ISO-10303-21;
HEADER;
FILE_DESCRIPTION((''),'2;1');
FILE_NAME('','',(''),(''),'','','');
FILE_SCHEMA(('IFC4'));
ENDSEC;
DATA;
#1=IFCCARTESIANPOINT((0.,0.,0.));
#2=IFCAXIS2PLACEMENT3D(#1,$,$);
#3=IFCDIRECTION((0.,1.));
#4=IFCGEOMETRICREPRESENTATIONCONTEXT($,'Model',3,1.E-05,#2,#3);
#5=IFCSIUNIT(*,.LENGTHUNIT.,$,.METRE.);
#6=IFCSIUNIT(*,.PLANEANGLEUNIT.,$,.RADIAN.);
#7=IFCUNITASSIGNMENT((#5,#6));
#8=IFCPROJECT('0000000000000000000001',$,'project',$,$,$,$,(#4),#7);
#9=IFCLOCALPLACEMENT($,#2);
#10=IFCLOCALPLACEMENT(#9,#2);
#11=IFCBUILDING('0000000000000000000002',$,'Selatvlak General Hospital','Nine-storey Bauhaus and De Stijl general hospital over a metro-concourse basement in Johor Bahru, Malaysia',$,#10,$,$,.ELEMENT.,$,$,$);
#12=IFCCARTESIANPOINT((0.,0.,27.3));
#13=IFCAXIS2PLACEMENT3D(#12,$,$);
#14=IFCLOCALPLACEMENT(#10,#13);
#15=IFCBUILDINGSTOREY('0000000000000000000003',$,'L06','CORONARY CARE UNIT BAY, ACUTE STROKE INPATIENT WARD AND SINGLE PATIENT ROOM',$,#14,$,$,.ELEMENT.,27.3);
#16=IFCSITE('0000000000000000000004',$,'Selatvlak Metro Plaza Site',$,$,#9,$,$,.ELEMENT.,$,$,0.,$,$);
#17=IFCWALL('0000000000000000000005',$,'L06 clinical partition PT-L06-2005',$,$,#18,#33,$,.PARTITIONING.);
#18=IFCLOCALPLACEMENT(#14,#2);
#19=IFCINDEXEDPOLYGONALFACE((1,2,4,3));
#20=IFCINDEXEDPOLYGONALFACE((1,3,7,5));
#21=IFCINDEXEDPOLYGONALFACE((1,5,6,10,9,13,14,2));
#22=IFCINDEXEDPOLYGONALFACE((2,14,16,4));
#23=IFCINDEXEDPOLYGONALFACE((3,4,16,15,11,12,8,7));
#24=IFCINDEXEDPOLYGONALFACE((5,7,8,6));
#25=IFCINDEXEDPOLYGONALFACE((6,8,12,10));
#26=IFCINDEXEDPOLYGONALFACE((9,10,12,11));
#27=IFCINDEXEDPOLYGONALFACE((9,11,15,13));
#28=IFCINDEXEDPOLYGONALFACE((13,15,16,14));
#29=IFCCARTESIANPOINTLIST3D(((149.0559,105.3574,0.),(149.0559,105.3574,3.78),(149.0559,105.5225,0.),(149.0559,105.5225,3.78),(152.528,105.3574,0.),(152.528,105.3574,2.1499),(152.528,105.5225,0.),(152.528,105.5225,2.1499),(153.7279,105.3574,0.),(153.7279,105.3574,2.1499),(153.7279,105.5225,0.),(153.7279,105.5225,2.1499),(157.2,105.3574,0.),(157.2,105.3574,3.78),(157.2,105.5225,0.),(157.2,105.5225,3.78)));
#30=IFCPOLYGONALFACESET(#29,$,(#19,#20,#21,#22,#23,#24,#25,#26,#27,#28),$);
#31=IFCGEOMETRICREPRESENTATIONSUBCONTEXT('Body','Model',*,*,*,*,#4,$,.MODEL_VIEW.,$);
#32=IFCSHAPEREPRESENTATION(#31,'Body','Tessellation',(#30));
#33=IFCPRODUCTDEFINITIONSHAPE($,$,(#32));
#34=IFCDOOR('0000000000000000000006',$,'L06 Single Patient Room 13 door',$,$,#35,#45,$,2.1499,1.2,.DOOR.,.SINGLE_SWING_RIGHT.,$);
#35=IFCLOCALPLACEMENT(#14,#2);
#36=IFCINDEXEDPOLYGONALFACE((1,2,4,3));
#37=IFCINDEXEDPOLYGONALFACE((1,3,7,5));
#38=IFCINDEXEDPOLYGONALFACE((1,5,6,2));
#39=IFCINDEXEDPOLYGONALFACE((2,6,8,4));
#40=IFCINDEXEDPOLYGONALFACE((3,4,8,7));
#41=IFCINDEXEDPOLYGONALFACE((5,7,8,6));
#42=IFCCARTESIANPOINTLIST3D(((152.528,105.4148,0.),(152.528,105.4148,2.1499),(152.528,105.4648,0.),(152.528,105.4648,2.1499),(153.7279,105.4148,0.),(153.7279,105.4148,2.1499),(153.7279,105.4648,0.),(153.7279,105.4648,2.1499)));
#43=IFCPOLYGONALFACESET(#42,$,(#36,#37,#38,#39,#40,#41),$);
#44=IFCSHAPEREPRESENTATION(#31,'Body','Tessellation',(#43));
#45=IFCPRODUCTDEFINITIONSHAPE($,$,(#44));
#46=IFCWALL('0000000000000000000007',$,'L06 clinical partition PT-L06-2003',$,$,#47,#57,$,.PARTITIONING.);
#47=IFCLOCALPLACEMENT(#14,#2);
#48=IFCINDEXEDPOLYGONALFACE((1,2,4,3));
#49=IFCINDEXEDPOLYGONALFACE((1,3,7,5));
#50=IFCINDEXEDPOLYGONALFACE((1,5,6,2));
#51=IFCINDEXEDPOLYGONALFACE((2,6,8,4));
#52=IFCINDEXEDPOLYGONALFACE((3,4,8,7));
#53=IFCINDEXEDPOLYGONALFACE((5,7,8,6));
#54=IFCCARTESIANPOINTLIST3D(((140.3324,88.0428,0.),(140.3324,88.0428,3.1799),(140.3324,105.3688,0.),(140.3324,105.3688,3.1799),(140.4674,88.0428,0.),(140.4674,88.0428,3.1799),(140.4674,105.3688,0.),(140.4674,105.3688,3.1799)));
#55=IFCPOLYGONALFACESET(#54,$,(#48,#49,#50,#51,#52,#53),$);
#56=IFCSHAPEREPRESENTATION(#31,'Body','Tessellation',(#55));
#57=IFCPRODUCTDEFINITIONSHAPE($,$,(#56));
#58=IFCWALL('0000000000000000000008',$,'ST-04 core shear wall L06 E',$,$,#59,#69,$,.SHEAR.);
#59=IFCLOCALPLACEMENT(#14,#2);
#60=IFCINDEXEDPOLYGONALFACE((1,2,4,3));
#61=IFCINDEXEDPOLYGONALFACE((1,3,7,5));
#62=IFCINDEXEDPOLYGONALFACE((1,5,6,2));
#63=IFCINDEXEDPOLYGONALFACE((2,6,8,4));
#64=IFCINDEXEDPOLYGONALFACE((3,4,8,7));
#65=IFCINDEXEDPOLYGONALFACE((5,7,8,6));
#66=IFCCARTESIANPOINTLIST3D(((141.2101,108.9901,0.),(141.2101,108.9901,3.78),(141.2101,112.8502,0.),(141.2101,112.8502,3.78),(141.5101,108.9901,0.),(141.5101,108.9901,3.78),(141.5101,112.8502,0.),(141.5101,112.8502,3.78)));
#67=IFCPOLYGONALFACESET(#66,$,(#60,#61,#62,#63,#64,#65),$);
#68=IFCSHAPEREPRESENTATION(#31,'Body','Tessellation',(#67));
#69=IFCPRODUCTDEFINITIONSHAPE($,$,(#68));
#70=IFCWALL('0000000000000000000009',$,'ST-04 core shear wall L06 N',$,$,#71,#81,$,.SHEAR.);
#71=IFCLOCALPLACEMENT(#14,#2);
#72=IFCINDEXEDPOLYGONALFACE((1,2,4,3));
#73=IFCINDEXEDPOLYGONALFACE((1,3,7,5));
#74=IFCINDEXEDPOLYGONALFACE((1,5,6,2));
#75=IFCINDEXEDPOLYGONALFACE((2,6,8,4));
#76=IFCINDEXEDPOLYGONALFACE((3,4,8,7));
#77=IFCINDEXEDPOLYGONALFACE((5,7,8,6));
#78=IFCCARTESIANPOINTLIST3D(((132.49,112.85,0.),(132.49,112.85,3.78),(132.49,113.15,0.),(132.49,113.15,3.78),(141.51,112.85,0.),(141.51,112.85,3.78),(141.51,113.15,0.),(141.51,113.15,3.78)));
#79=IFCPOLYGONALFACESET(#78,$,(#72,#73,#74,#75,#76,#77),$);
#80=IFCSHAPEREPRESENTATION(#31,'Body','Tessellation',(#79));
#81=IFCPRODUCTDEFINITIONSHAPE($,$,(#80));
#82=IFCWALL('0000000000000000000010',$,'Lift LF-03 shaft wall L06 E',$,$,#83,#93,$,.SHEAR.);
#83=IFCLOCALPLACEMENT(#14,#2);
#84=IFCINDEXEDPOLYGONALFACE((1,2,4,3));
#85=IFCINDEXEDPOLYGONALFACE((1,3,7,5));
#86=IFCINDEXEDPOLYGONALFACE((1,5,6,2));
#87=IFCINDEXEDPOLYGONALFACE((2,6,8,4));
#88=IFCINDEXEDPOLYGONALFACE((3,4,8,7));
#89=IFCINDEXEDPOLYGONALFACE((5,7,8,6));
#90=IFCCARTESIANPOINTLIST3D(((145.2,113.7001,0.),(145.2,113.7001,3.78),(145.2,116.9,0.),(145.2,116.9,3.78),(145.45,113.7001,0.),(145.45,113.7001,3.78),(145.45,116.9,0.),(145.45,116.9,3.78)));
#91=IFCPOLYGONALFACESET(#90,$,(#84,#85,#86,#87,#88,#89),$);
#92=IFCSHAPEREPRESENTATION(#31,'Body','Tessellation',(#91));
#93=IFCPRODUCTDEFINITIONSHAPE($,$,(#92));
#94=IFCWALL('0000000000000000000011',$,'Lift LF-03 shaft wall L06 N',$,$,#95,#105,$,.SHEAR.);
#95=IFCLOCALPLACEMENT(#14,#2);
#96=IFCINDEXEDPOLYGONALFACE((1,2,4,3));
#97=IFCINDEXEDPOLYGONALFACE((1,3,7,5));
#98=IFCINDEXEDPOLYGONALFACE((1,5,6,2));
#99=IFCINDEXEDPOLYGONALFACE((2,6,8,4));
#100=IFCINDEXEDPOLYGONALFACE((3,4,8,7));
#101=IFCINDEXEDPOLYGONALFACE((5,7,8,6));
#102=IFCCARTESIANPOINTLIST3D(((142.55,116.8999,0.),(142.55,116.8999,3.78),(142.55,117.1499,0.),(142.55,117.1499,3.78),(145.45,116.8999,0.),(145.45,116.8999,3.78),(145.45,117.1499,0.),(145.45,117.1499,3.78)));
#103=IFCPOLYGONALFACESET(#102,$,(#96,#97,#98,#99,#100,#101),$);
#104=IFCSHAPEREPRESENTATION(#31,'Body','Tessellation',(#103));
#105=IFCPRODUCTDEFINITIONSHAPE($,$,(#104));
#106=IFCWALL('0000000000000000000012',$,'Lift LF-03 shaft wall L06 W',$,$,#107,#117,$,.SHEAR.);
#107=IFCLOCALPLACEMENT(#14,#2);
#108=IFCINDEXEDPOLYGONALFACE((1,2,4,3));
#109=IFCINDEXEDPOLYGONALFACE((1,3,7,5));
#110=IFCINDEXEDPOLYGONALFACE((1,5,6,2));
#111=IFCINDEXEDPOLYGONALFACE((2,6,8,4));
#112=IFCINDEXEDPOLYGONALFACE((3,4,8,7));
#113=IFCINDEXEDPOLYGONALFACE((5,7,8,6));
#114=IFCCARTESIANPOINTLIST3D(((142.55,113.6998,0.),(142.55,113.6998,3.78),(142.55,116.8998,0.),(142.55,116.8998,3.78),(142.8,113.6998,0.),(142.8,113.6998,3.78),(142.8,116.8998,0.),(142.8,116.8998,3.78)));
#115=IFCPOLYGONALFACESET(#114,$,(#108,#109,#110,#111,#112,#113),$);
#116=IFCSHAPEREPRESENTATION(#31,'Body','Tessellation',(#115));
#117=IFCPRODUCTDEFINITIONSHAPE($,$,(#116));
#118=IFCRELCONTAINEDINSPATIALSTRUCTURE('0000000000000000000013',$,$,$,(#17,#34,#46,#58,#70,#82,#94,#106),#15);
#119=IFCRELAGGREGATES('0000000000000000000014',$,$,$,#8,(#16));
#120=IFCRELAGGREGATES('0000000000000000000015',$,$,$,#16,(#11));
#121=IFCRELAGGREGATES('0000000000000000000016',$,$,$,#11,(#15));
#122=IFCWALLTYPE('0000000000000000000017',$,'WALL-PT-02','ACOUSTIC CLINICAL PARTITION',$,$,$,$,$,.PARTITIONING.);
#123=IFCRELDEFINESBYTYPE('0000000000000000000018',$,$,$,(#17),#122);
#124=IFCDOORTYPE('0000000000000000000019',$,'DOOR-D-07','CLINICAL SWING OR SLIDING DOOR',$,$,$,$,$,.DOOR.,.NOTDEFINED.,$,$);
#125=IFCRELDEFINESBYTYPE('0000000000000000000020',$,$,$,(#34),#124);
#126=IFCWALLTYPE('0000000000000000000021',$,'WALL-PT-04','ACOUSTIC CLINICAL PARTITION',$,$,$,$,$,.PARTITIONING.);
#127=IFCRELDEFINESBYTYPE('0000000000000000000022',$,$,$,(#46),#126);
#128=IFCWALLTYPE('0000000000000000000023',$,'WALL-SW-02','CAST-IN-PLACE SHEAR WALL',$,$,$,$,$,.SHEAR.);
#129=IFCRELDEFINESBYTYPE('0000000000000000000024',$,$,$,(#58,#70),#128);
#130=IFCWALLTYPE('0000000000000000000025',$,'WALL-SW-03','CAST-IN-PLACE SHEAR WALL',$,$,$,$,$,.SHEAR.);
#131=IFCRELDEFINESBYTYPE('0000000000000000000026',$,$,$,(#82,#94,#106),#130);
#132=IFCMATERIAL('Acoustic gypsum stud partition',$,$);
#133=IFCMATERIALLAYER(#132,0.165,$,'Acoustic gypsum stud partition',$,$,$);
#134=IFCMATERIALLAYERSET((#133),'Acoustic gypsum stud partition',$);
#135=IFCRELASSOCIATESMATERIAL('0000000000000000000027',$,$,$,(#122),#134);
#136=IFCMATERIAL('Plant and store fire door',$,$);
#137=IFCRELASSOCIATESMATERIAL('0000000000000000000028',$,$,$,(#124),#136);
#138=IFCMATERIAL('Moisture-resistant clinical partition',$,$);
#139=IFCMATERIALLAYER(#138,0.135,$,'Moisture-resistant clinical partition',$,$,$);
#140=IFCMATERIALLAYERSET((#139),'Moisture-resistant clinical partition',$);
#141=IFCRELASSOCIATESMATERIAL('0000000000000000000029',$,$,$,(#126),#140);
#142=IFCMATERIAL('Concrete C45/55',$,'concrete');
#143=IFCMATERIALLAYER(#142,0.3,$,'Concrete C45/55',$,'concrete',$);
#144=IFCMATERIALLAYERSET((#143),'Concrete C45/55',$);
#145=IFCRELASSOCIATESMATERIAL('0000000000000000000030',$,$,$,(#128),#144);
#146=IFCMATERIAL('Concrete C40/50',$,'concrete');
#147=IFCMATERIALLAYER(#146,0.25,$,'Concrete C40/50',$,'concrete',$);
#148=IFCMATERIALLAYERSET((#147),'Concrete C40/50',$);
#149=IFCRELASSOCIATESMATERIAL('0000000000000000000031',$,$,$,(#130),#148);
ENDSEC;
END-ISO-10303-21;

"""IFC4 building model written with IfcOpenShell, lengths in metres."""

from ifc_helpers import new_model, si_unit, direction, frame, frame_2d, origin, place, context, subcontext, project, spatial, rectangle, extrude, material, layer, layer_set, type_object, element, fill, save


model = new_model("IFC4")

# Units and contexts
model_context = context("Model", 3, precision=1e-05, world=origin(), true_north=direction((0.0, 1.0)))
body_context = subcontext(model_context, "Body", "Model", "MODEL_VIEW")
ifc_project = project(units=[si_unit("LENGTHUNIT", "METRE"), si_unit("PLANEANGLEUNIT", "RADIAN")], contexts=[model_context])

# Site, building, storey
site_placement = place(None, origin())
site = spatial("IfcSite", under=ifc_project, at=site_placement, Name="Selatvlak Metro Plaza Site", CompositionType="ELEMENT", RefElevation=0.0)
building_placement = place(site_placement, origin())
building = spatial("IfcBuilding", under=site, at=building_placement, Name="Selatvlak General Hospital", Description="Nine-storey Bauhaus and De Stijl general hospital over a metro-concourse basement in Johor Bahru, Malaysia", CompositionType="ELEMENT")
storey_placement = place(building_placement, frame((0.0, 0.0, 27.3)))
storey = spatial("IfcBuildingStorey", under=building, at=storey_placement, Name="L06", Description="CORONARY CARE UNIT BAY, ACUTE STROKE INPATIENT WARD AND SINGLE PATIENT ROOM", CompositionType="ELEMENT", Elevation=27.3)

# Shared definitions
ifc_material_1 = material(Name="Concrete C40/50", Category="concrete")

# Shared definitions
ifc_material_2 = material(Name="Acoustic gypsum stud partition")

# Wall, opening, door
ifc_layer_1 = layer(ifc_material_2, 0.165, Name="Acoustic gypsum stud partition")
ifc_layer_set_1 = layer_set([ifc_layer_1], Name="Acoustic gypsum stud partition")
wall_type_1 = type_object("IfcWallType", Name="WALL-PT-02", Description="ACOUSTIC CLINICAL PARTITION", PredefinedType="PARTITIONING", material=ifc_layer_set_1)
wall_1_placement = place(storey_placement, frame((149.0559, 105.4399, 0.0), z_axis=(0.0, 0.0, 1.0), x_axis=(1.0, 0.0, 0.0)))
wall_1 = element("IfcWall", 1, at=wall_1_placement, inside=storey, type_object=wall_type_1, Name="L06 clinical partition PT-L06-2005", PredefinedType="PARTITIONING", context=body_context, shape_type="SweptSolid", body=[
    extrude(rectangle(XDim=8.144, YDim=0.165, at=frame_2d((4.072, 0.0))), origin(), (0.0, 0.0, 1.0), 3.78),
])
opening_1_placement = place(wall_1_placement, frame((3.4719, 0.0, 0.0)))
opening_1 = element("IfcOpeningElement", 2, at=opening_1_placement, cuts=wall_1, PredefinedType="OPENING", context=body_context, shape_type="SweptSolid", body=[
    extrude(rectangle(XDim=1.2, YDim=2.1499, at=frame_2d((0.6001, 1.075))), frame((0.0, 0.0925, 0.0), z_axis=(0.0, -1.0, 0.0), x_axis=(1.0, 0.0, 0.0)), (0.0, 0.0, 1.0), 0.1851),
])
ifc_material_3 = material(Name="Plant and store fire door")
door_type_1 = type_object("IfcDoorType", Name="DOOR-D-07", Description="CLINICAL SWING OR SLIDING DOOR", OperationType="NOTDEFINED", PredefinedType="DOOR", material=ifc_material_3)
door_1_placement = place(opening_1_placement, origin())
door_1 = element("IfcDoor", 3, at=door_1_placement, inside=storey, type_object=door_type_1, Name="L06 Single Patient Room 13 door", OperationType="SINGLE_SWING_RIGHT", OverallHeight=2.1499, OverallWidth=1.2, PredefinedType="DOOR", context=body_context, shape_type="SweptSolid", body=[
    extrude(rectangle(XDim=1.2, YDim=2.1499, at=frame_2d((0.6001, 1.075))), frame((0.0, 0.0249, 0.0), z_axis=(0.0, -1.0, 0.0), x_axis=(1.0, 0.0, 0.0)), (0.0, 0.0, 1.0), 0.05),
])
fill(opening_1, door_1)

# Walls
ifc_material_4 = material(Name="Moisture-resistant clinical partition")
ifc_layer_2 = layer(ifc_material_4, 0.135, Name="Moisture-resistant clinical partition")
ifc_layer_set_2 = layer_set([ifc_layer_2], Name="Moisture-resistant clinical partition")
wall_type_2 = type_object("IfcWallType", Name="WALL-PT-04", Description="ACOUSTIC CLINICAL PARTITION", PredefinedType="PARTITIONING", material=ifc_layer_set_2)
wall_2_placement = place(storey_placement, frame((140.3999, 105.3689, 0.0), z_axis=(0.0, 0.0, 1.0), x_axis=(0.0, -1.0, 0.0)))
element("IfcWall", 4, at=wall_2_placement, inside=storey, type_object=wall_type_2, Name="L06 clinical partition PT-L06-2003", PredefinedType="PARTITIONING", context=body_context, shape_type="SweptSolid", body=[
    extrude(rectangle(XDim=17.3259, YDim=0.135, at=frame_2d((8.6631, 0.0))), origin(), (0.0, 0.0, 1.0), 3.1799),
])
ifc_material_5 = material(Name="Concrete C45/55", Category="concrete")
ifc_layer_3 = layer(ifc_material_5, 0.3, Name="Concrete C45/55", Category="concrete")
ifc_layer_set_3 = layer_set([ifc_layer_3], Name="Concrete C45/55")
wall_type_3 = type_object("IfcWallType", Name="WALL-SW-02", Description="CAST-IN-PLACE SHEAR WALL", PredefinedType="SHEAR", material=ifc_layer_set_3)
wall_3_placement = place(storey_placement, frame((141.3601, 108.99, 0.0), z_axis=(0.0, 0.0, 1.0), x_axis=(0.0, 1.0, 0.0)))
element("IfcWall", 5, at=wall_3_placement, inside=storey, type_object=wall_type_3, Name="ST-04 core shear wall L06 E", PredefinedType="SHEAR", context=body_context, shape_type="SweptSolid", body=[
    extrude(rectangle(XDim=3.8601, YDim=0.3, at=frame_2d((1.9302, 0.0))), origin(), (0.0, 0.0, 1.0), 3.78),
])
wall_4_placement = place(storey_placement, frame((141.51, 113.0, 0.0), z_axis=(0.0, 0.0, 1.0), x_axis=(-1.0, 0.0, 0.0)))
element("IfcWall", 6, at=wall_4_placement, inside=storey, type_object=wall_type_3, Name="ST-04 core shear wall L06 N", PredefinedType="SHEAR", context=body_context, shape_type="SweptSolid", body=[
    extrude(rectangle(XDim=9.02, YDim=0.3, at=frame_2d((4.51, 0.0))), origin(), (0.0, 0.0, 1.0), 3.78),
])

# Shared definitions
ifc_layer_4 = layer(ifc_material_1, 0.25, Name="Concrete C40/50", Category="concrete")
ifc_layer_set_4 = layer_set([ifc_layer_4], Name="Concrete C40/50")
wall_type_4 = type_object("IfcWallType", Name="WALL-SW-03", Description="CAST-IN-PLACE SHEAR WALL", PredefinedType="SHEAR", material=ifc_layer_set_4)

# Walls
wall_5_placement = place(storey_placement, frame((145.325, 113.7, 0.0), z_axis=(0.0, 0.0, 1.0), x_axis=(0.0, 1.0, 0.0)))
element("IfcWall", 7, at=wall_5_placement, inside=storey, type_object=wall_type_4, Name="Lift LF-03 shaft wall L06 E", PredefinedType="SHEAR", context=body_context, shape_type="SweptSolid", body=[
    extrude(rectangle(XDim=3.2, YDim=0.25, at=frame_2d((1.6001, 0.0))), origin(), (0.0, 0.0, 1.0), 3.78),
])
wall_6_placement = place(storey_placement, frame((145.45, 117.0249, 0.0), z_axis=(0.0, 0.0, 1.0), x_axis=(-1.0, 0.0, 0.0)))
element("IfcWall", 8, at=wall_6_placement, inside=storey, type_object=wall_type_4, Name="Lift LF-03 shaft wall L06 N", PredefinedType="SHEAR", context=body_context, shape_type="SweptSolid", body=[
    extrude(rectangle(XDim=2.8999, YDim=0.25, at=frame_2d((1.45, 0.0))), origin(), (0.0, 0.0, 1.0), 3.78),
])
wall_7_placement = place(storey_placement, frame((142.675, 116.8999, 0.0), z_axis=(0.0, 0.0, 1.0), x_axis=(0.0, -1.0, 0.0)))
element("IfcWall", 9, at=wall_7_placement, inside=storey, type_object=wall_type_4, Name="Lift LF-03 shaft wall L06 W", PredefinedType="SHEAR", context=body_context, shape_type="SweptSolid", body=[
    extrude(rectangle(XDim=3.2, YDim=0.25, at=frame_2d((1.6001, 0.0))), origin(), (0.0, 0.0, 1.0), 3.78),
])

save(model, "model.ifc")
